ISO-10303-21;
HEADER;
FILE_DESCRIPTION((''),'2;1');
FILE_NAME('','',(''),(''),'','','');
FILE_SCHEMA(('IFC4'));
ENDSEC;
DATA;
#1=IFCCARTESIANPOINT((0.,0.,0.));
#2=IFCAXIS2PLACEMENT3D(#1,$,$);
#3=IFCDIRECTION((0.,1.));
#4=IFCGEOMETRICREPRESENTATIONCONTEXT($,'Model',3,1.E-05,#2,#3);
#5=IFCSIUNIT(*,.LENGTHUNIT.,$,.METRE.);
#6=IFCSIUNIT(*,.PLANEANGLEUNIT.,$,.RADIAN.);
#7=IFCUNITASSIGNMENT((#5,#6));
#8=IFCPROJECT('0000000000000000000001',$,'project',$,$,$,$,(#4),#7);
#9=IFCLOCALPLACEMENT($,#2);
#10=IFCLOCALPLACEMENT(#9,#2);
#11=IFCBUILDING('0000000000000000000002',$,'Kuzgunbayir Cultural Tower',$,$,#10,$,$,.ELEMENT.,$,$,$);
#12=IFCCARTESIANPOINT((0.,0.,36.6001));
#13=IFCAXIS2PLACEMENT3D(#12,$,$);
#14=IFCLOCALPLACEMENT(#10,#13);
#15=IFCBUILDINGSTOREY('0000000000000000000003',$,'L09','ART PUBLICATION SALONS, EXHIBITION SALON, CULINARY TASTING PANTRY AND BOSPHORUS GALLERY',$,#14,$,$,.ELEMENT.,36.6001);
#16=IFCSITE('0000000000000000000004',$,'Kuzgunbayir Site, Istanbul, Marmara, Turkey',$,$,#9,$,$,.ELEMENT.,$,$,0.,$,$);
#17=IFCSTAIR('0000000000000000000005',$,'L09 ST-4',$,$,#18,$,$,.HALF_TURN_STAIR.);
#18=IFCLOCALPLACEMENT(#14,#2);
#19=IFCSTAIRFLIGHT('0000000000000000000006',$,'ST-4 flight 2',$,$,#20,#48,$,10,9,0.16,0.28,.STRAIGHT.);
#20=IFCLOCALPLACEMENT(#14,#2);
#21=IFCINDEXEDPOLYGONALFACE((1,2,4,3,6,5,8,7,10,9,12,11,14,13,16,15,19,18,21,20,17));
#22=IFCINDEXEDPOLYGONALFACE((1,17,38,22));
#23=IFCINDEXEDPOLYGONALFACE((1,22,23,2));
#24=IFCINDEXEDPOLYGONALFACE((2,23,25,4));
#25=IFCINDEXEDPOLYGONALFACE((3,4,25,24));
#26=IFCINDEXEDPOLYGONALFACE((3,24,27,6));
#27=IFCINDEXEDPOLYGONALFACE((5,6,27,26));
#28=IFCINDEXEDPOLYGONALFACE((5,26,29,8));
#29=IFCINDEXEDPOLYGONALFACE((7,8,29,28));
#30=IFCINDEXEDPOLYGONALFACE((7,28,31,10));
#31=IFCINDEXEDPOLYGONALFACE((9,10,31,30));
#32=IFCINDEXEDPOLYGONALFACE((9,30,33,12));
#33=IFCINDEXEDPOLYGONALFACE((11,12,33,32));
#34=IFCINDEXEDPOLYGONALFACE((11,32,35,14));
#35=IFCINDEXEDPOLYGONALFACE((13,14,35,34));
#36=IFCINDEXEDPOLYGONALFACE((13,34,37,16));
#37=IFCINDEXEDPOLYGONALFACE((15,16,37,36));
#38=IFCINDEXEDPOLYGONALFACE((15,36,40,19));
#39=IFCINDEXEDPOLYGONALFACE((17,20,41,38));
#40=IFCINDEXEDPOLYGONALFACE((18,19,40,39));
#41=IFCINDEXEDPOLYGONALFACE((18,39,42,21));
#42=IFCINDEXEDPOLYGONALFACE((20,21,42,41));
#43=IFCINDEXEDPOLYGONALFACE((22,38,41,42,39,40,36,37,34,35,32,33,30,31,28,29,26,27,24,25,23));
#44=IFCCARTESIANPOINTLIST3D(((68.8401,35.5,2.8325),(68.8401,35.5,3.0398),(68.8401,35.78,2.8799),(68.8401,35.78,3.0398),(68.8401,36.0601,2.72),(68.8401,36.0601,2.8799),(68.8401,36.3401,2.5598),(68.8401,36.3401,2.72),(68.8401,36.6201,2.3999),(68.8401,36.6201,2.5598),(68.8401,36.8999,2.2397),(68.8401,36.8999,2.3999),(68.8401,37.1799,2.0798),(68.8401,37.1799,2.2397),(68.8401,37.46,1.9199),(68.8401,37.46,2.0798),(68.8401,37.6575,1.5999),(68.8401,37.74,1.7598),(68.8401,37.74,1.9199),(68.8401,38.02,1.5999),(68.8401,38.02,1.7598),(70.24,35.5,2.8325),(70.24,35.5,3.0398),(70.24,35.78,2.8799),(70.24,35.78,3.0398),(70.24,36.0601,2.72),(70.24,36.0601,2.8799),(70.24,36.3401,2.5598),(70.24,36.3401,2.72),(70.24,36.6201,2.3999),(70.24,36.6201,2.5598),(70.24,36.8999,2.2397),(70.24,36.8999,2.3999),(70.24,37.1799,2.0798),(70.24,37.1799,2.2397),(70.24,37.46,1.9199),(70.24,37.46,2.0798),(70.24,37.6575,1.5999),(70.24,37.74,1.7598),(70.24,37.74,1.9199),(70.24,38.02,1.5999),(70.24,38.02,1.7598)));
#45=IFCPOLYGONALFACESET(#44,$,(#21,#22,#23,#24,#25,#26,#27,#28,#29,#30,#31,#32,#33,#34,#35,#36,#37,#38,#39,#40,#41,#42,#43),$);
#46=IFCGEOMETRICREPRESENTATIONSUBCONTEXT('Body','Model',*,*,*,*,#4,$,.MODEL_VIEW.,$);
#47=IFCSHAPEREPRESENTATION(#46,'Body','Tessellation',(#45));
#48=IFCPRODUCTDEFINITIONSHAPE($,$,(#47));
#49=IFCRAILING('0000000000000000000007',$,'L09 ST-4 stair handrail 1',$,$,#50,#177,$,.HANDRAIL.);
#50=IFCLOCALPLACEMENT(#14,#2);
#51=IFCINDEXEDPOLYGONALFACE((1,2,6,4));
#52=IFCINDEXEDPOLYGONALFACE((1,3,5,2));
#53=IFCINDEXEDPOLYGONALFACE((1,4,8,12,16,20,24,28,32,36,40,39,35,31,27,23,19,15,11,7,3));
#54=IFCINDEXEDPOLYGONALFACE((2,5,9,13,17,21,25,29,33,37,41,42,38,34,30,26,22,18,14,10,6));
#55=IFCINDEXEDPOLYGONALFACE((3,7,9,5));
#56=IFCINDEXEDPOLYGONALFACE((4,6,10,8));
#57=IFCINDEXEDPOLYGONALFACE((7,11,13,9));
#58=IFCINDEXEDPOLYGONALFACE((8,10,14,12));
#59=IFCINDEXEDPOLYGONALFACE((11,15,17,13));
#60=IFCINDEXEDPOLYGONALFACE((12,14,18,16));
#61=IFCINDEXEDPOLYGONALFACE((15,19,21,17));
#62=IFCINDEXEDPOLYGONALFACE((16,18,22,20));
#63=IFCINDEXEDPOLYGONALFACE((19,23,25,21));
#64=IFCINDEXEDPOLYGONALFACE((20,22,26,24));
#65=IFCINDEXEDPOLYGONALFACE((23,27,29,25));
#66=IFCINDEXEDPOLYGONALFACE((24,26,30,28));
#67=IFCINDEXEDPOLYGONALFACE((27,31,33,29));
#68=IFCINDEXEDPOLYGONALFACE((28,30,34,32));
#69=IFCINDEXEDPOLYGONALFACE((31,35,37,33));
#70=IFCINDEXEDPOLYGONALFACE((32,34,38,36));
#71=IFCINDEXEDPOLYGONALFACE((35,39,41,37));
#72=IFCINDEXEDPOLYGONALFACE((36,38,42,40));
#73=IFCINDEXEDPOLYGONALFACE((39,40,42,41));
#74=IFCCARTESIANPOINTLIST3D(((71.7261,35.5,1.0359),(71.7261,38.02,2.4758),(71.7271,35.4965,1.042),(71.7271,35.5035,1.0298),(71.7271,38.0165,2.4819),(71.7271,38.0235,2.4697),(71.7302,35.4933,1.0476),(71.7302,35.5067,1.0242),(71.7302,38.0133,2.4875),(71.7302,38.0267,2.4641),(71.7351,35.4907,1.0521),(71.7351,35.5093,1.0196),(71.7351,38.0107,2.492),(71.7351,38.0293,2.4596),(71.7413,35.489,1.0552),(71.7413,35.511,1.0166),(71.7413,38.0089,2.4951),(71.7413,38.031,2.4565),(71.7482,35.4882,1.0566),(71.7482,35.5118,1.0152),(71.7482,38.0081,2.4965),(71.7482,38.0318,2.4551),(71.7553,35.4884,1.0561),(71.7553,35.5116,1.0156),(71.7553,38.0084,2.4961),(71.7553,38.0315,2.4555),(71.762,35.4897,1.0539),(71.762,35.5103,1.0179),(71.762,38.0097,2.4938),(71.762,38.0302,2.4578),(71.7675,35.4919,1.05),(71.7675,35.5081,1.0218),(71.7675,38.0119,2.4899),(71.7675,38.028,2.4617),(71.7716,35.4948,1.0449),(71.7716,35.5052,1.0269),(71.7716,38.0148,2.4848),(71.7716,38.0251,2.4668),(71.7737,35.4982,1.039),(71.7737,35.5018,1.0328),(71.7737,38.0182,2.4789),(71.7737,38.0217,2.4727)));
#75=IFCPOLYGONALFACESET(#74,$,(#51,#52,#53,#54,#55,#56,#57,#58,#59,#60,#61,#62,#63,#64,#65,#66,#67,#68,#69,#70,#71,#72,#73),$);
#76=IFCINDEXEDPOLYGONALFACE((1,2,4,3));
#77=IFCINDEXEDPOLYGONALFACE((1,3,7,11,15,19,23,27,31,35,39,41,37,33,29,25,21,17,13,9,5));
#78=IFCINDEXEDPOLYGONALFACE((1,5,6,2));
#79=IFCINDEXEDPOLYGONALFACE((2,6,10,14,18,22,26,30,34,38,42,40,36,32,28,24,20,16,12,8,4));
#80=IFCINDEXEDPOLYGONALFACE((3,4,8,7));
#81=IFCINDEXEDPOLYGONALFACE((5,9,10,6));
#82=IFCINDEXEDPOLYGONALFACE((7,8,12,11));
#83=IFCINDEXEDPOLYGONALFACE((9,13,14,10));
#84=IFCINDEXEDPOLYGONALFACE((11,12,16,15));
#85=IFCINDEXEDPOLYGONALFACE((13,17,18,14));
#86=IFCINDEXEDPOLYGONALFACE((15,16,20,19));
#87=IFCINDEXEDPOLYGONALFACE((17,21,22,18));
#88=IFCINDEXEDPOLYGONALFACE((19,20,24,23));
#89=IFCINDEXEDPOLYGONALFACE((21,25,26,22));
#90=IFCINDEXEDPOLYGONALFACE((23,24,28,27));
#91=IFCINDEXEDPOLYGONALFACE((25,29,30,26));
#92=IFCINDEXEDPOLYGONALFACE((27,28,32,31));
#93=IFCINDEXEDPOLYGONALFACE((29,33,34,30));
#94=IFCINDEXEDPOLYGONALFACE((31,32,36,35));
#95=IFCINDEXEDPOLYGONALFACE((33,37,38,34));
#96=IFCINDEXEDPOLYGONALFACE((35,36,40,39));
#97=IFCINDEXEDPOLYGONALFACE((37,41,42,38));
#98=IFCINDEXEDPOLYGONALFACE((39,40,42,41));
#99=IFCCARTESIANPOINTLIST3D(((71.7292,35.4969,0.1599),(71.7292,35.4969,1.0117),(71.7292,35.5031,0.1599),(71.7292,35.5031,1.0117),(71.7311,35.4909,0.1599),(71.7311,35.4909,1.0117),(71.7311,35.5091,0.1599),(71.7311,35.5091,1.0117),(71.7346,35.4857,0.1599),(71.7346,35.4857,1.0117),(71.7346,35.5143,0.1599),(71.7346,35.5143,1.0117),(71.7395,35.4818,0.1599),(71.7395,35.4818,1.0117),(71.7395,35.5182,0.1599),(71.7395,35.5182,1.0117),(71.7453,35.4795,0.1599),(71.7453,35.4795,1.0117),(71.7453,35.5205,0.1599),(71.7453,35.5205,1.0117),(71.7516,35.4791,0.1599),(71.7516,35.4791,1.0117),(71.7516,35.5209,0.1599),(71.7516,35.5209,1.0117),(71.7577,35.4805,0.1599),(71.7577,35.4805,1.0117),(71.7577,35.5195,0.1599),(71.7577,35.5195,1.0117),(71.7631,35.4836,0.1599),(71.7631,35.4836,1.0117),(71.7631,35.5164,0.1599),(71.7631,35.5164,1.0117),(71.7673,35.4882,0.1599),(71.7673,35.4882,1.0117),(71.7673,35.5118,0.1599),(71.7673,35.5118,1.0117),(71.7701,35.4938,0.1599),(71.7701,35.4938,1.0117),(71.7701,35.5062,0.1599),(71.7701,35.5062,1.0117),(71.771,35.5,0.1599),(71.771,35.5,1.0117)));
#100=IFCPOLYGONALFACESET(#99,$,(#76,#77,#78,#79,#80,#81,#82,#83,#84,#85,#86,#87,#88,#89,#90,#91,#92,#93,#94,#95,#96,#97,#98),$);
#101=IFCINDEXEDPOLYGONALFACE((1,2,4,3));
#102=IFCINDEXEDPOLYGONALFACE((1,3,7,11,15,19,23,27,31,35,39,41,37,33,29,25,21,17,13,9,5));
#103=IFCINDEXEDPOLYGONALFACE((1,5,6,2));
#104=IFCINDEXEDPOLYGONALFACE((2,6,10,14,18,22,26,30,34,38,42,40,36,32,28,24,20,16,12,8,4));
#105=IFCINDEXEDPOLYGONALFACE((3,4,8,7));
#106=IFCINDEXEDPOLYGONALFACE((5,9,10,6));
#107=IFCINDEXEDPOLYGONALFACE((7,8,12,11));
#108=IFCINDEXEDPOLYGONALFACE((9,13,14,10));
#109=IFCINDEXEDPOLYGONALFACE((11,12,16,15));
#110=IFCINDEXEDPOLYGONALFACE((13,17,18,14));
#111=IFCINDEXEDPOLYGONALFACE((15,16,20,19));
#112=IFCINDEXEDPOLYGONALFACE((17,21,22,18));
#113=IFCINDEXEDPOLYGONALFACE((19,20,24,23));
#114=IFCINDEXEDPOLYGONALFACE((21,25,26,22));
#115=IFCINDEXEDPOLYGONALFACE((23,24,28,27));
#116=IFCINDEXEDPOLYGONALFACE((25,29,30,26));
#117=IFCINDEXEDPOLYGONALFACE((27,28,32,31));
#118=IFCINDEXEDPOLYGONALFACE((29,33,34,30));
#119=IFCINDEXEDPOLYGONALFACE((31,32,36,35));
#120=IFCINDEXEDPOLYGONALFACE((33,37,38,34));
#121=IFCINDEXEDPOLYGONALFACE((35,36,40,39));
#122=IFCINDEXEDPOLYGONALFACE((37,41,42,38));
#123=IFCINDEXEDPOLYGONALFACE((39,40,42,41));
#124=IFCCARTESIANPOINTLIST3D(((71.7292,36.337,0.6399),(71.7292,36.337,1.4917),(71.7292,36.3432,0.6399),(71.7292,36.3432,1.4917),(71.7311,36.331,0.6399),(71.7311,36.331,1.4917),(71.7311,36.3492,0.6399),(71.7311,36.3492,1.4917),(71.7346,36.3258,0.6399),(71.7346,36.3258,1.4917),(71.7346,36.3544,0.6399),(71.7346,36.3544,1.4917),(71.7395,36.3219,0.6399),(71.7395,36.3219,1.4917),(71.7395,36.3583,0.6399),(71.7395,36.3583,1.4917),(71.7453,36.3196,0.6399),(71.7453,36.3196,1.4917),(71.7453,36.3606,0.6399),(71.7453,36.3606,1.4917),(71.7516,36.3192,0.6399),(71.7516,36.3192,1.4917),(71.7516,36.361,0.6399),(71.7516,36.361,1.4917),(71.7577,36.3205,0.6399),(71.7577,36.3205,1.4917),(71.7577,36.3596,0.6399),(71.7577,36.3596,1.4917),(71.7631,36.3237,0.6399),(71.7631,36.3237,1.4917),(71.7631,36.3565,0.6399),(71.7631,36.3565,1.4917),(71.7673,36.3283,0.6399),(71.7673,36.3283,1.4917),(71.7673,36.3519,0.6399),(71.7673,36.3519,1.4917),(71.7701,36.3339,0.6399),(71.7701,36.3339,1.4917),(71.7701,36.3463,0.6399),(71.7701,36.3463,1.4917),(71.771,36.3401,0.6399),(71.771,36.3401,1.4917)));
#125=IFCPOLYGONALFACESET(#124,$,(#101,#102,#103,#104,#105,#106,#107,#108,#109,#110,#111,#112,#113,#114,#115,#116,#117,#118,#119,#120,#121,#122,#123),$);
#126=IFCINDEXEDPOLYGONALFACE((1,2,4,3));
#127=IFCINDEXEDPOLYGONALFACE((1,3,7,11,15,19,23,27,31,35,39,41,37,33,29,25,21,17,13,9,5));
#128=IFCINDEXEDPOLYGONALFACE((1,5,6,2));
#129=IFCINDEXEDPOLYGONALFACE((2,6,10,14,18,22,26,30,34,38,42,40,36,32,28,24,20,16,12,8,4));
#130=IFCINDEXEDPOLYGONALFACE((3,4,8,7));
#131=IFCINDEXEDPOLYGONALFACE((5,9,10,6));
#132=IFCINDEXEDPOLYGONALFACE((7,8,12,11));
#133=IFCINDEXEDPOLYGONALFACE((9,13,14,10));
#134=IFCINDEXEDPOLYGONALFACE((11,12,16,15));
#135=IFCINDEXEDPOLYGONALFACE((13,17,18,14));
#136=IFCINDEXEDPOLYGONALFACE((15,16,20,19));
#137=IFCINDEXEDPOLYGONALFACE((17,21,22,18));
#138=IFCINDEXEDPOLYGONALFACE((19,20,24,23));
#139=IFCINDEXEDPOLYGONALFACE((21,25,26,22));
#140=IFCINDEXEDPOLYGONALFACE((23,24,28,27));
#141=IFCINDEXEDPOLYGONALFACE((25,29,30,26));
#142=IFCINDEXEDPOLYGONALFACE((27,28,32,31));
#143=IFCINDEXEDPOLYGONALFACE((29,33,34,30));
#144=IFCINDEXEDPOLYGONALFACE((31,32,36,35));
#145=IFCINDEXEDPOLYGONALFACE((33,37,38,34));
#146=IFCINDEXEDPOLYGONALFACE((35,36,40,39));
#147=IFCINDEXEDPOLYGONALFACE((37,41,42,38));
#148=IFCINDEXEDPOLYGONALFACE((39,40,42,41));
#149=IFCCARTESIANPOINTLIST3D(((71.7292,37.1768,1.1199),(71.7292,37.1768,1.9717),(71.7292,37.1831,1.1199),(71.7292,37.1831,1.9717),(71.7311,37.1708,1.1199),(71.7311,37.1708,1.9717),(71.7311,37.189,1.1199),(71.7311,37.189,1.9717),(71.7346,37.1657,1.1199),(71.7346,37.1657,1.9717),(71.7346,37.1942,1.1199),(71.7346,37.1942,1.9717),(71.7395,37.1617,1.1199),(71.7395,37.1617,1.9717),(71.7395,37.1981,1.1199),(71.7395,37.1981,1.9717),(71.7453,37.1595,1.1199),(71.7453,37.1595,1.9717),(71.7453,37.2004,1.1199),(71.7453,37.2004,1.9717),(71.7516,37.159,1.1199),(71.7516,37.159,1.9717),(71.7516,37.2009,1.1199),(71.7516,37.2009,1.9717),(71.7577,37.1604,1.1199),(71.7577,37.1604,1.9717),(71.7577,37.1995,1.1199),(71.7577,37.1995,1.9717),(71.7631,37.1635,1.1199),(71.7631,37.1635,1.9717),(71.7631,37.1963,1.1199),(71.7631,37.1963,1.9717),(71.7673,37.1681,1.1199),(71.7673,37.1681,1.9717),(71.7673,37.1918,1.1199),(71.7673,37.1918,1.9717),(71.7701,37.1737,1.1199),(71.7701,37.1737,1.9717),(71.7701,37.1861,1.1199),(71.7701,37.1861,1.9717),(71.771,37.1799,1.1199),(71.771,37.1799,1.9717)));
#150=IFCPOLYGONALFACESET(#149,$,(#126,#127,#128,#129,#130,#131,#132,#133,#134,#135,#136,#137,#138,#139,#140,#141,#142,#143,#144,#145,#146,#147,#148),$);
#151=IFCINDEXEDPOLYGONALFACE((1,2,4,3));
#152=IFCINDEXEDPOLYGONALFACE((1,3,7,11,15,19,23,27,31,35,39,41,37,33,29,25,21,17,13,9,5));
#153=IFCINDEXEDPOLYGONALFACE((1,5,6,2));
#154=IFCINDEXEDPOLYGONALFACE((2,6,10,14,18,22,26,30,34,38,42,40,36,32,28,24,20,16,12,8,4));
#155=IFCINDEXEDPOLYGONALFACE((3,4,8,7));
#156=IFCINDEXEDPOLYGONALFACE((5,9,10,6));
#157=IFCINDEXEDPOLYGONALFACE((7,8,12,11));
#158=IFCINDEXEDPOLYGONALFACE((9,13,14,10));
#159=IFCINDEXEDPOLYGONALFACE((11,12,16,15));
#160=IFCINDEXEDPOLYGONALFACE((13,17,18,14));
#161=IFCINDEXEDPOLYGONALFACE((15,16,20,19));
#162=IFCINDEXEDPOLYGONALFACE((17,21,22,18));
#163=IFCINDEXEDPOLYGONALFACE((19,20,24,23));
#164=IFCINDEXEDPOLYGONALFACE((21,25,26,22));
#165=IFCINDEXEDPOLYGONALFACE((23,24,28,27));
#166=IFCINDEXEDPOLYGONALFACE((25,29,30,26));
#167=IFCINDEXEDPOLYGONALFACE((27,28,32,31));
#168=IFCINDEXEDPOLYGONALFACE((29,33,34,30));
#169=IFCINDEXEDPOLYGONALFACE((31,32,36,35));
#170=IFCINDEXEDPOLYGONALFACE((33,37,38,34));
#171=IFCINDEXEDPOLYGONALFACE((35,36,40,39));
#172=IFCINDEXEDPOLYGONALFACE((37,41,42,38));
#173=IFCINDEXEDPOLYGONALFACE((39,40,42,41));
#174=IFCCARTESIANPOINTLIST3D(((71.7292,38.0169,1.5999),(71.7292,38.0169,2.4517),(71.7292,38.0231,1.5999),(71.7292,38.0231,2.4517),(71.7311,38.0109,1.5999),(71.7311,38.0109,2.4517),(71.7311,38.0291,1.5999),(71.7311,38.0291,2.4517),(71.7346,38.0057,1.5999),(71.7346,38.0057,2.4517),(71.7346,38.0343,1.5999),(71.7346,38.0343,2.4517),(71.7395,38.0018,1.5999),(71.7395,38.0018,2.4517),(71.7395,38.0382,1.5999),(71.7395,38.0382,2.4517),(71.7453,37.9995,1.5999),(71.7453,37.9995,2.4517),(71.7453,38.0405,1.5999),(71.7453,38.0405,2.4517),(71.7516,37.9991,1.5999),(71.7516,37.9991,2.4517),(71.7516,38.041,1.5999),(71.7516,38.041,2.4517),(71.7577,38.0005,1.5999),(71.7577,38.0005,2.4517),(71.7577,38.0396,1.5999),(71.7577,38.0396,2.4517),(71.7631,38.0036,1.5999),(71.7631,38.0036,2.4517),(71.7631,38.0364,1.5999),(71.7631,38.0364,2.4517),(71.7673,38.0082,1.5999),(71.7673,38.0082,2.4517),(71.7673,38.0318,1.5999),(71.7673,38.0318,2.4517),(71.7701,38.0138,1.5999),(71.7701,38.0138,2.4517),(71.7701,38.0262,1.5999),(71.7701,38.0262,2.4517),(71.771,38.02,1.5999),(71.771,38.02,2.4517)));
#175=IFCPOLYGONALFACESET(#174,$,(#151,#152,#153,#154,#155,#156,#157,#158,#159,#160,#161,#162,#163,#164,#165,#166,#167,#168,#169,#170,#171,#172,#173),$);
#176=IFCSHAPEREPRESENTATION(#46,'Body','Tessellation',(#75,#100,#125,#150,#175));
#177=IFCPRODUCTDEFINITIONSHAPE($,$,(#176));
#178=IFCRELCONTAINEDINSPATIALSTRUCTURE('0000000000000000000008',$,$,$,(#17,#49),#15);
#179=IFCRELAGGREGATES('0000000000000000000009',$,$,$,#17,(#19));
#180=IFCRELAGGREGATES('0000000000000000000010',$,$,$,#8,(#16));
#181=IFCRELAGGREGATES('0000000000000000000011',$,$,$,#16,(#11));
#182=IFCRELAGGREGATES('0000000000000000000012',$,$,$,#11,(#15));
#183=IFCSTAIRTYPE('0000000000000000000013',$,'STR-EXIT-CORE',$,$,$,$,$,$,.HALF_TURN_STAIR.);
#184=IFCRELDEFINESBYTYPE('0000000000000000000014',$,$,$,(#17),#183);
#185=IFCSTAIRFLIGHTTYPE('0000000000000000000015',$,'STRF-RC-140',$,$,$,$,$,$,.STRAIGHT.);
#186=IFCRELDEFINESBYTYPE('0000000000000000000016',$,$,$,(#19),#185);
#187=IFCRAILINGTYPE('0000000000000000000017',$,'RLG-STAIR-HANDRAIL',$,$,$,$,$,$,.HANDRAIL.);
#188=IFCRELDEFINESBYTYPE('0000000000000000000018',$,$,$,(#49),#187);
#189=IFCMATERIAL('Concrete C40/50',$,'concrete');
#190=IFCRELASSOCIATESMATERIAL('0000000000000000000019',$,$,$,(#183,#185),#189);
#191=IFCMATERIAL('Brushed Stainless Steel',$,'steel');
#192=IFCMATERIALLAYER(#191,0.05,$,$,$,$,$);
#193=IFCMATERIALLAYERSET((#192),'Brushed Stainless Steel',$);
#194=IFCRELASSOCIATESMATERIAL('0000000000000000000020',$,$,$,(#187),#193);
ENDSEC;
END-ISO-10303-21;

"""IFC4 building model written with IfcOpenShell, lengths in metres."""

from ifc_helpers import new_model, si_unit, direction, frame, origin, origin_2d, place, context, subcontext, project, spatial, polyline, circle, outline, extrude, material, layer, layer_set, type_object, element, aggregate, save


model = new_model("IFC4")

# Units and contexts
model_context = context("Model", 3, precision=1e-05, world=origin(), true_north=direction((0.0, 1.0)))
body_context = subcontext(model_context, "Body", "Model", "MODEL_VIEW")
ifc_project = project(units=[si_unit("LENGTHUNIT", "METRE"), si_unit("PLANEANGLEUNIT", "RADIAN")], contexts=[model_context])

# Site, building, storey
site_placement = place(None, origin())
site = spatial("IfcSite", under=ifc_project, at=site_placement, Name="Kuzgunbayir Site, Istanbul, Marmara, Turkey", CompositionType="ELEMENT", RefElevation=0.0)
building_placement = place(site_placement, origin())
building = spatial("IfcBuilding", under=site, at=building_placement, Name="Kuzgunbayir Cultural Tower", CompositionType="ELEMENT")
storey_placement = place(building_placement, frame((0.0, 0.0, 36.6001)))
storey = spatial("IfcBuildingStorey", under=building, at=storey_placement, Name="L09", Description="ART PUBLICATION SALONS, EXHIBITION SALON, CULINARY TASTING PANTRY AND BOSPHORUS GALLERY", CompositionType="ELEMENT", Elevation=36.6001)

# Shared definitions
ifc_material_1 = material(Name="Concrete C40/50", Category="concrete")
ifc_material_2 = material(Name="Brushed Stainless Steel", Category="steel")

# Stair, stair flight
stair_type = type_object("IfcStairType", Name="STR-EXIT-CORE", PredefinedType="HALF_TURN_STAIR", material=ifc_material_1)
stair_placement = place(storey_placement, origin())
stair = element("IfcStair", 1, at=stair_placement, inside=storey, type_object=stair_type, Name="L09 ST-4", PredefinedType="HALF_TURN_STAIR")
stair_flight_type = type_object("IfcStairFlightType", Name="STRF-RC-140", PredefinedType="STRAIGHT", material=ifc_material_1)
stair_flight_placement = place(storey_placement, frame((69.54, 38.02, 1.5999), z_axis=(0.0, 0.0, 1.0), x_axis=(0.0, -1.0, 0.0)))
stair_flight = element("IfcStairFlight", 2, at=stair_flight_placement, type_object=stair_flight_type, Name="ST-4 flight 2", NumberOfRisers=10, NumberOfTreads=9, PredefinedType="STRAIGHT", RiserHeight=0.16, TreadLength=0.28, context=body_context, shape_type="SweptSolid", body=[
    extrude(outline(polyline([(0.0, 0.0), (0.0, 0.1599), (0.28, 0.1599), (0.28, 0.3201), (0.5601, 0.3201), (0.5601, 0.48), (0.8401, 0.48), (0.8401, 0.6399), (1.1201, 0.6399), (1.1201, 0.8), (1.3999, 0.8), (1.3999, 0.96), (1.6799, 0.96), (1.6799, 1.1201), (1.96, 1.1201), (1.96, 1.28), (2.24, 1.28), (2.24, 1.4399), (2.52, 1.4399), (2.52, 1.6001), (2.52, 1.2327), (0.3625, 0.0), (0.0, 0.0)])), frame((0.0, 0.7, 0.0), z_axis=(0.0, -1.0, 0.0), x_axis=(1.0, 0.0, 0.0)), (0.0, 0.0, 1.0), 1.3999),
])
aggregate(stair, [stair_flight])

# Railing
ifc_layer_1 = layer(ifc_material_2, 0.05)
ifc_layer_set_1 = layer_set([ifc_layer_1], Name="Brushed Stainless Steel")
railing_type_1 = type_object("IfcRailingType", Name="RLG-STAIR-HANDRAIL", PredefinedType="HANDRAIL", material=ifc_layer_set_1)
railing_1_placement = place(storey_placement, frame((71.75, 35.5, 0.1599)))
element("IfcRailing", 3, at=railing_1_placement, inside=storey, type_object=railing_type_1, Name="L09 ST-4 stair handrail 1", PredefinedType="HANDRAIL", context=body_context, shape_type="SweptSolid", body=[
    extrude(circle(Radius=0.0239, at=origin_2d()), frame((0.0, 0.0, 0.876), z_axis=(0.0, 0.868253, 0.496121), x_axis=(-1.0, 0.0, 0.0)), (0.0, 0.0, 1.0), 2.9023),
    extrude(circle(Radius=0.021, at=origin_2d()), origin(), (0.0, 0.0, 1.0), 0.8518),
    extrude(circle(Radius=0.021, at=origin_2d()), frame((0.0, 0.8401, 0.48)), (0.0, 0.0, 1.0), 0.8518),
    extrude(circle(Radius=0.021, at=origin_2d()), frame((0.0, 1.6799, 0.96)), (0.0, 0.0, 1.0), 0.8518),
    extrude(circle(Radius=0.021, at=origin_2d()), frame((0.0, 2.52, 1.4399)), (0.0, 0.0, 1.0), 0.8518),
])

save(model, "model.ifc")
